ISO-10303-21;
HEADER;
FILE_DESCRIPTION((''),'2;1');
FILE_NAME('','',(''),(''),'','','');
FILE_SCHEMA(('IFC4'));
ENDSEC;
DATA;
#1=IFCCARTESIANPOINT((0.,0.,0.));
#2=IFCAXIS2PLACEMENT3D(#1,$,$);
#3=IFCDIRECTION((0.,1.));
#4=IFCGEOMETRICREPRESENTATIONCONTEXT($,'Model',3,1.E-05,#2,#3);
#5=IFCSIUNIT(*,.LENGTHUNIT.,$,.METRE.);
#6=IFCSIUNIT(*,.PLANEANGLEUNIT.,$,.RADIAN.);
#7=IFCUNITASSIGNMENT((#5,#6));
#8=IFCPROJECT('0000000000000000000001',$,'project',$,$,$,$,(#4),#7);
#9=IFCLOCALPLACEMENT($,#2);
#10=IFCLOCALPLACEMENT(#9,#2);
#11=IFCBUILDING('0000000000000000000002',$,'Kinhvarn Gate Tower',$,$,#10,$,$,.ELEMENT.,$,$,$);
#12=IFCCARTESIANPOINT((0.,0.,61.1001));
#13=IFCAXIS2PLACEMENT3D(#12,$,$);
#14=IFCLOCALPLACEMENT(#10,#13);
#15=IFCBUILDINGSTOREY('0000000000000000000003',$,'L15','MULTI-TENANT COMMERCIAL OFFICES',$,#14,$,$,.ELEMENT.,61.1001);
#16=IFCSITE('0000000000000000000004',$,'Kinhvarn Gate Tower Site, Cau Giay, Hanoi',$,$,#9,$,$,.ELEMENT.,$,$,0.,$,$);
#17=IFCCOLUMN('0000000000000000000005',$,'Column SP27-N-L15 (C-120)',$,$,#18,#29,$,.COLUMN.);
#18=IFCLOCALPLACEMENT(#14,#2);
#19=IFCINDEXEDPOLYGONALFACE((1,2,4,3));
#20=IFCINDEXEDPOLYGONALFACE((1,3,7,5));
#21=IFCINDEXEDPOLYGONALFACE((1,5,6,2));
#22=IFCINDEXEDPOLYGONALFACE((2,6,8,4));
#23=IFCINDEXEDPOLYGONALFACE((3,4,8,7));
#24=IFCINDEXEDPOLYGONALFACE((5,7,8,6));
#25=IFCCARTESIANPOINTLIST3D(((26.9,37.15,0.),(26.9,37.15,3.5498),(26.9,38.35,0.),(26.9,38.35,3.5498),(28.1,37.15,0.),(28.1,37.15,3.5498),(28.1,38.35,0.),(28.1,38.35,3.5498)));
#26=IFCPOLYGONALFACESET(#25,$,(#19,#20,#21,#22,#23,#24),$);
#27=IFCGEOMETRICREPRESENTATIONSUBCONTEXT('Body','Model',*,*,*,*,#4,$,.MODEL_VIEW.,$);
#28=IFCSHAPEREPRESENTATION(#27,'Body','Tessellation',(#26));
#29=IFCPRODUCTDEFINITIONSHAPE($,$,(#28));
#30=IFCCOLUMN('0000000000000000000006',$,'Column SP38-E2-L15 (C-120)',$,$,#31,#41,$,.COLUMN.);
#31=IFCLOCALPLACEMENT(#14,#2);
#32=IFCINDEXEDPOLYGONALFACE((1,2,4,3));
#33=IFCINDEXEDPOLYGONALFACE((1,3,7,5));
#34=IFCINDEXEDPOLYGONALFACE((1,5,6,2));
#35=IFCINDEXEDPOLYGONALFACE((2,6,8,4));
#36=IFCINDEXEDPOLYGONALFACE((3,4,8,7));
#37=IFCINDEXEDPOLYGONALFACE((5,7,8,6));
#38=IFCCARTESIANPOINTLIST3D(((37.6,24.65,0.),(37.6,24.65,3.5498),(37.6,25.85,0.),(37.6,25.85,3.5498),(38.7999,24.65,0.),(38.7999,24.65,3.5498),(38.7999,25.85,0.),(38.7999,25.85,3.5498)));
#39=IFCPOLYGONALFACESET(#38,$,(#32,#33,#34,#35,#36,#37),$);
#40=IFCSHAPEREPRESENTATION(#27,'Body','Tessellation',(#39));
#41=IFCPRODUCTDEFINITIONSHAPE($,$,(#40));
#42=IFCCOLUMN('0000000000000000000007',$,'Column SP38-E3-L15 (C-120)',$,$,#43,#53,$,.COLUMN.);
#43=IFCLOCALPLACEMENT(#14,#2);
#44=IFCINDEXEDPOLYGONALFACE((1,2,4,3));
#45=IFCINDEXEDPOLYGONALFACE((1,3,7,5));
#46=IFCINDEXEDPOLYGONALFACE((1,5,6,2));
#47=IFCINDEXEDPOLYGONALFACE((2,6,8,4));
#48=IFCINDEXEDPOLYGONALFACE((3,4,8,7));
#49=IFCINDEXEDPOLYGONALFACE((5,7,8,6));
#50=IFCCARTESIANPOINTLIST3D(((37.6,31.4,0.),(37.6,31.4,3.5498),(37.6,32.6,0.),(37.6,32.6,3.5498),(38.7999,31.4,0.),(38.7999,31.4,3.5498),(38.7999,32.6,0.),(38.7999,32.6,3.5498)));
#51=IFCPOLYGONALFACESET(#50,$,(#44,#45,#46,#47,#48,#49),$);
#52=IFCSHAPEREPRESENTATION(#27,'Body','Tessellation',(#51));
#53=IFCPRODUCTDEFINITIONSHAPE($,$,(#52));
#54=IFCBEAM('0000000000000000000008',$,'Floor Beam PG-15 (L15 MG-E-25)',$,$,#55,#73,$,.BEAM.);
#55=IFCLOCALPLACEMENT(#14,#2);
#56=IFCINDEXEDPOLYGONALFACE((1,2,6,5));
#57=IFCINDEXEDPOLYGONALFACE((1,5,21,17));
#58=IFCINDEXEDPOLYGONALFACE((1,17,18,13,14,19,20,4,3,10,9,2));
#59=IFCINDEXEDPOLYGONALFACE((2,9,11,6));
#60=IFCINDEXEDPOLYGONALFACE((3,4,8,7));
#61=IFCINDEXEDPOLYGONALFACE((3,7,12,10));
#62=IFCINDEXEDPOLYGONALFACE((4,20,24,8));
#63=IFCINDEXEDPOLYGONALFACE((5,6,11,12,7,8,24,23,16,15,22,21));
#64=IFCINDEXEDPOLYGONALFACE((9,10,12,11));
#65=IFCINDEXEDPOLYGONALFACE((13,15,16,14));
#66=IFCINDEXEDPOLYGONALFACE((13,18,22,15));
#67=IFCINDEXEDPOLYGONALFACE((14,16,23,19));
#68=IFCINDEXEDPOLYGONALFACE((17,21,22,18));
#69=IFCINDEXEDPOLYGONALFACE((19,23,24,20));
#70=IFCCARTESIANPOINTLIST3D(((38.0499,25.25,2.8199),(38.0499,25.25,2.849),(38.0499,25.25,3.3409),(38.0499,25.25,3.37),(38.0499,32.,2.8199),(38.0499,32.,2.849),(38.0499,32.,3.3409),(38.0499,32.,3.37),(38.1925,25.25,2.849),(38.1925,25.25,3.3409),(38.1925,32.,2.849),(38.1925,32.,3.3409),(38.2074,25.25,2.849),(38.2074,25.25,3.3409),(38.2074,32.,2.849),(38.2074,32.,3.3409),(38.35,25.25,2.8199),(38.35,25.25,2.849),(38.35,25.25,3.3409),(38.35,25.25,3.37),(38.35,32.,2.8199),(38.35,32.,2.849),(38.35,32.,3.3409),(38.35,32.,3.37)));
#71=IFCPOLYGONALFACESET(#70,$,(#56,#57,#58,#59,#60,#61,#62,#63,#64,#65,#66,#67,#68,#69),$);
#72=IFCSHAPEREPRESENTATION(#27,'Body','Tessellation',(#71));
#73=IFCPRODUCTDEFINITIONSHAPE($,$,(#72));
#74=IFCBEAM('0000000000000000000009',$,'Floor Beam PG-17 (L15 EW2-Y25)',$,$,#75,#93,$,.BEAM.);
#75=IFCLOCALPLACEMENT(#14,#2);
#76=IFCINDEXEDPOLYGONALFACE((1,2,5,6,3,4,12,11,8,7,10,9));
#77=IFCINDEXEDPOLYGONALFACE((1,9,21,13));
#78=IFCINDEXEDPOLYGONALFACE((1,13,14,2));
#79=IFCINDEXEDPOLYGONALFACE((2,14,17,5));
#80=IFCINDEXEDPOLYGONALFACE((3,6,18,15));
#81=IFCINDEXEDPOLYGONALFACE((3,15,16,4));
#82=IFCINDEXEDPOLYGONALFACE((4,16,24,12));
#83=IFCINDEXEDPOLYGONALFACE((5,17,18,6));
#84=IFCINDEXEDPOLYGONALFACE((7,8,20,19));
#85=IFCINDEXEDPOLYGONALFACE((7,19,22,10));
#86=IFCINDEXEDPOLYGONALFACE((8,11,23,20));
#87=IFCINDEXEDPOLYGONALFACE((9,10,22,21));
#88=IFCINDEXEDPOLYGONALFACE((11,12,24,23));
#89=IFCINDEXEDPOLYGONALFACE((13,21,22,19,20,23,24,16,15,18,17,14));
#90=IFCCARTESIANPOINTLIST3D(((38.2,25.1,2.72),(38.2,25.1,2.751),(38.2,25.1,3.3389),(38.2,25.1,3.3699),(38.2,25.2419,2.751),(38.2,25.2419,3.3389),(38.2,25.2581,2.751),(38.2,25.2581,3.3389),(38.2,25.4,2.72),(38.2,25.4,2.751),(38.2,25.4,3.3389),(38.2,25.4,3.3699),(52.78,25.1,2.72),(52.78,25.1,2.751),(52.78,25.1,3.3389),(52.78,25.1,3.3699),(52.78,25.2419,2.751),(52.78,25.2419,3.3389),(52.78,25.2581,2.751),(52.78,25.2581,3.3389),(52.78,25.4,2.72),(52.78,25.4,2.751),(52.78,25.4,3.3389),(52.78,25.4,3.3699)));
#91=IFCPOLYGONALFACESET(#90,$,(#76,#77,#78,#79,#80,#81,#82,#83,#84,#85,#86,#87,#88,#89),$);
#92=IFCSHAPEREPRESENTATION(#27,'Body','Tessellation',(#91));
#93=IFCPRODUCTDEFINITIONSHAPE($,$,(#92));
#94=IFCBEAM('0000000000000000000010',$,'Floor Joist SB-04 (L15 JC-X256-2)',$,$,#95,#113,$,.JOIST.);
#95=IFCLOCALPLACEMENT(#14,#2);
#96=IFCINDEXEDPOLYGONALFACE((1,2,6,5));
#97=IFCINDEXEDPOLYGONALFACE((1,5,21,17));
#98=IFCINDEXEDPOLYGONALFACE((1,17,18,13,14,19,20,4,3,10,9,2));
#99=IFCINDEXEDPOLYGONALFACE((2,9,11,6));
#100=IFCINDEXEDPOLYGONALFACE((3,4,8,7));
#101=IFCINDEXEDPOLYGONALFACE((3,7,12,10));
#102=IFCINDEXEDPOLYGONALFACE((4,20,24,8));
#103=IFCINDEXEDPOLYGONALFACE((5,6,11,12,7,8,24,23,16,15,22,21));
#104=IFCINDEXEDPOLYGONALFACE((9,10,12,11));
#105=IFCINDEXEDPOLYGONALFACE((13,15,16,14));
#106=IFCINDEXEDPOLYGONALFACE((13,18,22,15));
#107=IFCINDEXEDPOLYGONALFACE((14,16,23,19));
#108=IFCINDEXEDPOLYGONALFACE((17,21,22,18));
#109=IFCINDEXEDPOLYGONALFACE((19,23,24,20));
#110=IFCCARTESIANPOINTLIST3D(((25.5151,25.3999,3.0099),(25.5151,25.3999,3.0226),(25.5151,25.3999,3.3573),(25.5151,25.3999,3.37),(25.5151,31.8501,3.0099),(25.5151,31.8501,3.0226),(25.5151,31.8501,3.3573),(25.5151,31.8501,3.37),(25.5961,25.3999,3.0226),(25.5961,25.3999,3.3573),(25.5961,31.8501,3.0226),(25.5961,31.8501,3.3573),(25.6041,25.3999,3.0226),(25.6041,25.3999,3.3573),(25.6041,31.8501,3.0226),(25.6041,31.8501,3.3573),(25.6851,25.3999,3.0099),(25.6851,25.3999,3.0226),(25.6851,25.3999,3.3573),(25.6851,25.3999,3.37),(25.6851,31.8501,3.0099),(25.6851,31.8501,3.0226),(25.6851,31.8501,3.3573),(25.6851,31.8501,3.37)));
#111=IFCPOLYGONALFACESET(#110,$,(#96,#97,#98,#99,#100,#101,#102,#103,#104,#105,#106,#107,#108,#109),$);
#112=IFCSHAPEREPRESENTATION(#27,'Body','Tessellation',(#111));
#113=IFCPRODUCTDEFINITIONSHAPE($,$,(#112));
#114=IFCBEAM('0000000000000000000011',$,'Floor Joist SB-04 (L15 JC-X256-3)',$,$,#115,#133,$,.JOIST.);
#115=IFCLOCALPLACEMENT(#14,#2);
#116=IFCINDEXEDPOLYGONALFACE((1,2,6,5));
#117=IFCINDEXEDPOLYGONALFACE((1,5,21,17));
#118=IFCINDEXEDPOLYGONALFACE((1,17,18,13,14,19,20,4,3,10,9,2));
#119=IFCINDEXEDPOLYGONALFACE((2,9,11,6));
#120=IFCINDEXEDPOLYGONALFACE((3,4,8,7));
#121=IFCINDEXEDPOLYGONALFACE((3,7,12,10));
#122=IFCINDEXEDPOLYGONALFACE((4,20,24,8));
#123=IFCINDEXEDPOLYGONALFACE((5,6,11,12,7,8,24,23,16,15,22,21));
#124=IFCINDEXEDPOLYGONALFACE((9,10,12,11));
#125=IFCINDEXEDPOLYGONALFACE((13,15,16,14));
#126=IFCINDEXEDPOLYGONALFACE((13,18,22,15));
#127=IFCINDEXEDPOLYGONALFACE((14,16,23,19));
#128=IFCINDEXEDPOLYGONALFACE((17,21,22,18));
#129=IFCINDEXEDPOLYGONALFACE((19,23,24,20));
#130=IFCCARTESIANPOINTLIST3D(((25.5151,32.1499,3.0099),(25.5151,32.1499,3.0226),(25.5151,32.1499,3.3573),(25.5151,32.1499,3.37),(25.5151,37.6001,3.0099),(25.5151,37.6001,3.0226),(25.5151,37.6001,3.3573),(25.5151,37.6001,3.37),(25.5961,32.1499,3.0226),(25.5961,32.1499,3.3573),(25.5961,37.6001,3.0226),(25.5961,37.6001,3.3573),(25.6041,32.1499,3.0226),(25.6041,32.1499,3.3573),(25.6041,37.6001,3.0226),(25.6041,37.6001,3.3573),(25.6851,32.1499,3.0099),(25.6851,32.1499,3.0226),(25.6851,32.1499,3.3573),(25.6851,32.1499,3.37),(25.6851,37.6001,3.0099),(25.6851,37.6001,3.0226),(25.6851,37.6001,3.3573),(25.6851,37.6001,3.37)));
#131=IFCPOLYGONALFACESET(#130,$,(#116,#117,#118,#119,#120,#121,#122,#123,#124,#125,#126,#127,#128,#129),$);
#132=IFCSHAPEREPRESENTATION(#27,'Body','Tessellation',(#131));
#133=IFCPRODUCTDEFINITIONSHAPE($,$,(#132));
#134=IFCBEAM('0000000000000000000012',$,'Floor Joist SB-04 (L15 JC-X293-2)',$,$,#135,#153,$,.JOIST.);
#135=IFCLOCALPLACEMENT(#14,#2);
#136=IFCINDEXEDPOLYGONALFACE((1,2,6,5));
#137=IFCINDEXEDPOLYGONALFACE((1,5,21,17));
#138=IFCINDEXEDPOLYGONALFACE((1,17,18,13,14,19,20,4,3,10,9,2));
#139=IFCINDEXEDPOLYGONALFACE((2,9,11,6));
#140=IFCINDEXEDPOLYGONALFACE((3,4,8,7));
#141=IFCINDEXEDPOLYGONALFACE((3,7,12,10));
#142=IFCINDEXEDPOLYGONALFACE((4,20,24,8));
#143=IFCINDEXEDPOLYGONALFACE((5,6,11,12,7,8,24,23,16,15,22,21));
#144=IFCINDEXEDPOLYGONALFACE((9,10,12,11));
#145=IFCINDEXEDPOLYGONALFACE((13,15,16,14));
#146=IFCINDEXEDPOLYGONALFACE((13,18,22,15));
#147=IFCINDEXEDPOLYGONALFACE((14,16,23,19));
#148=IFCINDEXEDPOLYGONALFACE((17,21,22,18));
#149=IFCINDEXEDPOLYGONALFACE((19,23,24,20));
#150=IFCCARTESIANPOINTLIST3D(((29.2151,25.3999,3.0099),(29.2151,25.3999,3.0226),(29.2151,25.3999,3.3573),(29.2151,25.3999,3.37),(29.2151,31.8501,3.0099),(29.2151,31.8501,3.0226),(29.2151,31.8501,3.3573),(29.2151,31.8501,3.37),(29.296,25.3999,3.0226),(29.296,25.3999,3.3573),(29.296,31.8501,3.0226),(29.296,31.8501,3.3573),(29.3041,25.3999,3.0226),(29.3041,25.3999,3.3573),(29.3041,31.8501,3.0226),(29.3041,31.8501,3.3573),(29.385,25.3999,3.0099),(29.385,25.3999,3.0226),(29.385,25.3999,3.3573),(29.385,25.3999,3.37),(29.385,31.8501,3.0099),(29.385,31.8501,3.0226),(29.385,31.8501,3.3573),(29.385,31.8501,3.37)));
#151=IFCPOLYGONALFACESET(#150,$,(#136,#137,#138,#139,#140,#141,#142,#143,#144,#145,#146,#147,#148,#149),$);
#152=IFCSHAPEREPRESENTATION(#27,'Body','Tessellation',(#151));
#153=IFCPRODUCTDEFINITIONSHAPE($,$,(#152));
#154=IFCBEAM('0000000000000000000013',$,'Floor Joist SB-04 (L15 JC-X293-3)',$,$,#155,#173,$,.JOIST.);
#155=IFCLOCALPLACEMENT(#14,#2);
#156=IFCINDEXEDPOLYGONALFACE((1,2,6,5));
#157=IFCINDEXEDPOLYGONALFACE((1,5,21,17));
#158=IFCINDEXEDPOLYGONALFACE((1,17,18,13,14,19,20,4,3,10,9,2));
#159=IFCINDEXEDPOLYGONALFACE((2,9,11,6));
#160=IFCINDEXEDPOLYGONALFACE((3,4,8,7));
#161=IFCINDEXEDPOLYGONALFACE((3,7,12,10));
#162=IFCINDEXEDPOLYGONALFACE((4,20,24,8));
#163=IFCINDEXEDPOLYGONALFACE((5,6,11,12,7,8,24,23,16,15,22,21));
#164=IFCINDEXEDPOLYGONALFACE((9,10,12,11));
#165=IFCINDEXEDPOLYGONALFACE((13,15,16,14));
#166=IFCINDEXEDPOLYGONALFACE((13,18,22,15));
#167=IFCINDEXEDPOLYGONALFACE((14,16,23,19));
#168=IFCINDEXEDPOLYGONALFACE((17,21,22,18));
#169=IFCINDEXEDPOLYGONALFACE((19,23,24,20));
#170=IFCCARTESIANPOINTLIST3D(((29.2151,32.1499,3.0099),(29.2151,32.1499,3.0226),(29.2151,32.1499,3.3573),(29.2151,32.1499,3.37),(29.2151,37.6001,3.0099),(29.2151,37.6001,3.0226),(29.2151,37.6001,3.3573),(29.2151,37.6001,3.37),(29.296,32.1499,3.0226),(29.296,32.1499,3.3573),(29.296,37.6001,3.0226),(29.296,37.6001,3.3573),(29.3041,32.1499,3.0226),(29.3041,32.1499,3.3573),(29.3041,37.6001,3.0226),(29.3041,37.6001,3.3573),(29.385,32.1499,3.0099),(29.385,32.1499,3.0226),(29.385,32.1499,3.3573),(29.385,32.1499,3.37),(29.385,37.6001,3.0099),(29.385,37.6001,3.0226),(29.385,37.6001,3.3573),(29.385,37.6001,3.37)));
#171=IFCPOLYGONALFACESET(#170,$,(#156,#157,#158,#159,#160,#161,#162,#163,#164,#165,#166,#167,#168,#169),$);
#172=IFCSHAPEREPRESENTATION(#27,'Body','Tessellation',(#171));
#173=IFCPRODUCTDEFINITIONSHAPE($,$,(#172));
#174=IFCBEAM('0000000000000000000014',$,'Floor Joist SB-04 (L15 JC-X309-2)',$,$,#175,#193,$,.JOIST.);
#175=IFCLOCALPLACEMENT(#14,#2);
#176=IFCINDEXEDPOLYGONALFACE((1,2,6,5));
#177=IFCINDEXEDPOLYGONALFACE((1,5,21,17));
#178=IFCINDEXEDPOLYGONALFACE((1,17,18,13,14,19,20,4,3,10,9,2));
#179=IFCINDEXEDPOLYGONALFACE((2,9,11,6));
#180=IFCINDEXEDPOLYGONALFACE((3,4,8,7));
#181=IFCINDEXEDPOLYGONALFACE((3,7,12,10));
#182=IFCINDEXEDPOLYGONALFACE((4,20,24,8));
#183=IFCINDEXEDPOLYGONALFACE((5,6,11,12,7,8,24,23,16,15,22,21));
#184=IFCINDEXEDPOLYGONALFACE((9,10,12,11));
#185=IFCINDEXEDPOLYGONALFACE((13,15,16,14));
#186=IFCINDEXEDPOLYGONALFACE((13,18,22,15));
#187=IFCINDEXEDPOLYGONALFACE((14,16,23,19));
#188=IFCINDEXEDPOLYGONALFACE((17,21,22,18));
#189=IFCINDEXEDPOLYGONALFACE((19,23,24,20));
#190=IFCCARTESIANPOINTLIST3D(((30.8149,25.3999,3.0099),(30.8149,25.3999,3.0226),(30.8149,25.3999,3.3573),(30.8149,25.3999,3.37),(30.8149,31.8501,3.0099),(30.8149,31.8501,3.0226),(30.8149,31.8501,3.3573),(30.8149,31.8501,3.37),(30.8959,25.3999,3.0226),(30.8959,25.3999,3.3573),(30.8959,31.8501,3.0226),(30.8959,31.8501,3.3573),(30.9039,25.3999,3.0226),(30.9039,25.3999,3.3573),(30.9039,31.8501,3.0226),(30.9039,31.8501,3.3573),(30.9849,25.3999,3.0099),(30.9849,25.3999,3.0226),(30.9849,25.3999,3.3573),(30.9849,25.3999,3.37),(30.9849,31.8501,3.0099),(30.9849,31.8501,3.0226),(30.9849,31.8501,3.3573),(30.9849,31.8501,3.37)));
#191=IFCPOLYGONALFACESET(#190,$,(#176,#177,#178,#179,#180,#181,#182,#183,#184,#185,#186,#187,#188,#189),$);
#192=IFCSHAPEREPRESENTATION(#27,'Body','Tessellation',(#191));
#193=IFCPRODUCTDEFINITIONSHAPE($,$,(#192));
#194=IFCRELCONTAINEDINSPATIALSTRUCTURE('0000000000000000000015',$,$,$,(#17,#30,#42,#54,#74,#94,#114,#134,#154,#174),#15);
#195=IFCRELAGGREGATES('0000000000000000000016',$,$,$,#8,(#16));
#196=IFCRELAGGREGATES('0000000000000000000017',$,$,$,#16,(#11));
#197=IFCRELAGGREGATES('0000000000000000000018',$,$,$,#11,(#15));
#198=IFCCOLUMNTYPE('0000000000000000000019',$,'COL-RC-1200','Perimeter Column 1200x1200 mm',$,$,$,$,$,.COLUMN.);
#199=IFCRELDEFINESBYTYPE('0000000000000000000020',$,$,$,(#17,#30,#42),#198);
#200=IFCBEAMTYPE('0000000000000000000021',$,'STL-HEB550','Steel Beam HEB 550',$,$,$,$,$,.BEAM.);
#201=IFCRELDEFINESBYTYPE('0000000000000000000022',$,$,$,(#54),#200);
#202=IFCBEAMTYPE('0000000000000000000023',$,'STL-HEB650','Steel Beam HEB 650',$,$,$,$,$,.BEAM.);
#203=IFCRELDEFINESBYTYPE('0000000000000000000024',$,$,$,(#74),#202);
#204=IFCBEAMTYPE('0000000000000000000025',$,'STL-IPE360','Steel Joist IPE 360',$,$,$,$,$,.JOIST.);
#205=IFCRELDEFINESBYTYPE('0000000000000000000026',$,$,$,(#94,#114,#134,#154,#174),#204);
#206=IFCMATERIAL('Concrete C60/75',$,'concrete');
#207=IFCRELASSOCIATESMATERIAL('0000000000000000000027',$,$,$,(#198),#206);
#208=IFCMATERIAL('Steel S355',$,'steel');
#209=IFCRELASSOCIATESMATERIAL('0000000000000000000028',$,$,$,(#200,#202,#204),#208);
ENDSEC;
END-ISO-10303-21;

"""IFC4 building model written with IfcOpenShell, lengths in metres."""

from ifc_helpers import new_model, si_unit, direction, frame, origin, origin_2d, place, context, subcontext, project, spatial, rectangle, i_section, extrude, material, material_profile, profile_set, type_object, element, save


model = new_model("IFC4")

# Units and contexts
model_context = context("Model", 3, precision=1e-05, world=origin(), true_north=direction((0.0, 1.0)))
body_context = subcontext(model_context, "Body", "Model", "MODEL_VIEW")
ifc_project = project(units=[si_unit("LENGTHUNIT", "METRE"), si_unit("PLANEANGLEUNIT", "RADIAN")], contexts=[model_context])

# Site, building, storey
site_placement = place(None, origin())
site = spatial("IfcSite", under=ifc_project, at=site_placement, Name="Kinhvarn Gate Tower Site, Cau Giay, Hanoi", CompositionType="ELEMENT", RefElevation=0.0)
building_placement = place(site_placement, origin())
building = spatial("IfcBuilding", under=site, at=building_placement, Name="Kinhvarn Gate Tower", CompositionType="ELEMENT")
storey_placement = place(building_placement, frame((0.0, 0.0, 61.1001)))
storey = spatial("IfcBuildingStorey", under=building, at=storey_placement, Name="L15", Description="MULTI-TENANT COMMERCIAL OFFICES", CompositionType="ELEMENT", Elevation=61.1001)

# Columns
ifc_material_1 = material(Name="Concrete C60/75", Category="concrete")
ifc_material_profile_1 = material_profile(ifc_material_1, rectangle(XDim=1.2, YDim=1.2, at=origin_2d()), Name="RC 1200x1200")
ifc_profile_set_1 = profile_set([ifc_material_profile_1], Name="Concrete C60/75")
column_type = type_object("IfcColumnType", Name="COL-RC-1200", Description="Perimeter Column 1200x1200 mm", PredefinedType="COLUMN", material=ifc_profile_set_1)
for number, where, z_axis, x_axis, name in (
    (1, (27.5, 37.75, 0.0), (0.0, 0.0, 1.0), (1.0, 0.0, 0.0), "Column SP27-N-L15 (C-120)"),
    (2, (38.2, 25.25, 0.0), (0.0, 0.0, 1.0), (1.0, 0.0, 0.0), "Column SP38-E2-L15 (C-120)"),
    (3, (38.2, 32.0, 0.0), (0.0, 0.0, 1.0), (1.0, 0.0, 0.0), "Column SP38-E3-L15 (C-120)"),
):
    element("IfcColumn", number, at=place(storey_placement, frame(where, z_axis=z_axis, x_axis=x_axis)), inside=storey, type_object=column_type, Name=name, PredefinedType="COLUMN", context=body_context, shape_type="SweptSolid", body=[
        extrude(rectangle(XDim=1.2, YDim=1.2, at=origin_2d()), origin(), (0.0, 0.0, 1.0), 3.5498),
    ])

# Beams
ifc_material_2 = material(Name="Steel S355", Category="steel")
ifc_material_profile_2 = material_profile(ifc_material_2, i_section(OverallWidth=0.3, OverallDepth=0.55, WebThickness=0.0149, FlangeThickness=0.0291, at=origin_2d()), Name="HEB 550")
ifc_profile_set_2 = profile_set([ifc_material_profile_2], Name="Steel S355")
beam_type_1 = type_object("IfcBeamType", Name="STL-HEB550", Description="Steel Beam HEB 550", PredefinedType="BEAM", material=ifc_profile_set_2)
beam_1_placement = place(storey_placement, frame((38.2, 25.25, 3.095), z_axis=(0.0, 1.0, 0.0), x_axis=(-1.0, 0.0, 0.0)))
element("IfcBeam", 4, at=beam_1_placement, inside=storey, type_object=beam_type_1, Name="Floor Beam PG-15 (L15 MG-E-25)", PredefinedType="BEAM", context=body_context, shape_type="SweptSolid", body=[
    extrude(i_section(OverallWidth=0.3, OverallDepth=0.55, WebThickness=0.0149, FlangeThickness=0.0291, at=origin_2d()), origin(), (0.0, 0.0, 1.0), 6.75),
])
ifc_material_profile_3 = material_profile(ifc_material_2, i_section(OverallWidth=0.3, OverallDepth=0.6499, WebThickness=0.0161, FlangeThickness=0.031, at=origin_2d()), Name="HEB 650")
ifc_profile_set_3 = profile_set([ifc_material_profile_3], Name="Steel S355")
beam_type_2 = type_object("IfcBeamType", Name="STL-HEB650", Description="Steel Beam HEB 650", PredefinedType="BEAM", material=ifc_profile_set_3)
beam_2_placement = place(storey_placement, frame((38.2, 25.25, 3.0449), z_axis=(1.0, 0.0, 0.0), x_axis=(0.0, 1.0, 0.0)))
element("IfcBeam", 5, at=beam_2_placement, inside=storey, type_object=beam_type_2, Name="Floor Beam PG-17 (L15 EW2-Y25)", PredefinedType="BEAM", context=body_context, shape_type="SweptSolid", body=[
    extrude(i_section(OverallWidth=0.3, OverallDepth=0.6499, WebThickness=0.0161, FlangeThickness=0.031, at=origin_2d()), origin(), (0.0, 0.0, 1.0), 14.5801),
])
ifc_material_profile_4 = material_profile(ifc_material_2, i_section(OverallWidth=0.1699, OverallDepth=0.3601, WebThickness=0.0081, FlangeThickness=0.0127, at=origin_2d()), Name="IPE 360")
ifc_profile_set_4 = profile_set([ifc_material_profile_4], Name="Steel S355")
beam_type_3 = type_object("IfcBeamType", Name="STL-IPE360", Description="Steel Joist IPE 360", PredefinedType="JOIST", material=ifc_profile_set_4)
beam_3_placement = place(storey_placement, frame((25.6001, 25.3999, 3.1899), z_axis=(0.0, 1.0, 0.0), x_axis=(-1.0, 0.0, 0.0)))
element("IfcBeam", 6, at=beam_3_placement, inside=storey, type_object=beam_type_3, Name="Floor Joist SB-04 (L15 JC-X256-2)", PredefinedType="JOIST", context=body_context, shape_type="SweptSolid", body=[
    extrude(i_section(OverallWidth=0.1699, OverallDepth=0.3601, WebThickness=0.0081, FlangeThickness=0.0127, at=origin_2d()), origin(), (0.0, 0.0, 1.0), 6.4502),
])
beam_4_placement = place(storey_placement, frame((25.6001, 32.1499, 3.1899), z_axis=(0.0, 1.0, 0.0), x_axis=(-1.0, 0.0, 0.0)))
element("IfcBeam", 7, at=beam_4_placement, inside=storey, type_object=beam_type_3, Name="Floor Joist SB-04 (L15 JC-X256-3)", PredefinedType="JOIST", context=body_context, shape_type="SweptSolid", body=[
    extrude(i_section(OverallWidth=0.1699, OverallDepth=0.3601, WebThickness=0.0081, FlangeThickness=0.0127, at=origin_2d()), origin(), (0.0, 0.0, 1.0), 5.4502),
])
beam_5_placement = place(storey_placement, frame((29.3, 25.3999, 3.1899), z_axis=(0.0, 1.0, 0.0), x_axis=(-1.0, 0.0, 0.0)))
element("IfcBeam", 8, at=beam_5_placement, inside=storey, type_object=beam_type_3, Name="Floor Joist SB-04 (L15 JC-X293-2)", PredefinedType="JOIST", context=body_context, shape_type="SweptSolid", body=[
    extrude(i_section(OverallWidth=0.1699, OverallDepth=0.3601, WebThickness=0.0081, FlangeThickness=0.0127, at=origin_2d()), origin(), (0.0, 0.0, 1.0), 6.4502),
])
beam_6_placement = place(storey_placement, frame((29.3, 32.1499, 3.1899), z_axis=(0.0, 1.0, 0.0), x_axis=(-1.0, 0.0, 0.0)))
element("IfcBeam", 9, at=beam_6_placement, inside=storey, type_object=beam_type_3, Name="Floor Joist SB-04 (L15 JC-X293-3)", PredefinedType="JOIST", context=body_context, shape_type="SweptSolid", body=[
    extrude(i_section(OverallWidth=0.1699, OverallDepth=0.3601, WebThickness=0.0081, FlangeThickness=0.0127, at=origin_2d()), origin(), (0.0, 0.0, 1.0), 5.4502),
])
beam_7_placement = place(storey_placement, frame((30.8999, 25.3999, 3.1899), z_axis=(0.0, 1.0, 0.0), x_axis=(-1.0, 0.0, 0.0)))
element("IfcBeam", 10, at=beam_7_placement, inside=storey, type_object=beam_type_3, Name="Floor Joist SB-04 (L15 JC-X309-2)", PredefinedType="JOIST", context=body_context, shape_type="SweptSolid", body=[
    extrude(i_section(OverallWidth=0.1699, OverallDepth=0.3601, WebThickness=0.0081, FlangeThickness=0.0127, at=origin_2d()), origin(), (0.0, 0.0, 1.0), 6.4502),
])

save(model, "model.ifc")
